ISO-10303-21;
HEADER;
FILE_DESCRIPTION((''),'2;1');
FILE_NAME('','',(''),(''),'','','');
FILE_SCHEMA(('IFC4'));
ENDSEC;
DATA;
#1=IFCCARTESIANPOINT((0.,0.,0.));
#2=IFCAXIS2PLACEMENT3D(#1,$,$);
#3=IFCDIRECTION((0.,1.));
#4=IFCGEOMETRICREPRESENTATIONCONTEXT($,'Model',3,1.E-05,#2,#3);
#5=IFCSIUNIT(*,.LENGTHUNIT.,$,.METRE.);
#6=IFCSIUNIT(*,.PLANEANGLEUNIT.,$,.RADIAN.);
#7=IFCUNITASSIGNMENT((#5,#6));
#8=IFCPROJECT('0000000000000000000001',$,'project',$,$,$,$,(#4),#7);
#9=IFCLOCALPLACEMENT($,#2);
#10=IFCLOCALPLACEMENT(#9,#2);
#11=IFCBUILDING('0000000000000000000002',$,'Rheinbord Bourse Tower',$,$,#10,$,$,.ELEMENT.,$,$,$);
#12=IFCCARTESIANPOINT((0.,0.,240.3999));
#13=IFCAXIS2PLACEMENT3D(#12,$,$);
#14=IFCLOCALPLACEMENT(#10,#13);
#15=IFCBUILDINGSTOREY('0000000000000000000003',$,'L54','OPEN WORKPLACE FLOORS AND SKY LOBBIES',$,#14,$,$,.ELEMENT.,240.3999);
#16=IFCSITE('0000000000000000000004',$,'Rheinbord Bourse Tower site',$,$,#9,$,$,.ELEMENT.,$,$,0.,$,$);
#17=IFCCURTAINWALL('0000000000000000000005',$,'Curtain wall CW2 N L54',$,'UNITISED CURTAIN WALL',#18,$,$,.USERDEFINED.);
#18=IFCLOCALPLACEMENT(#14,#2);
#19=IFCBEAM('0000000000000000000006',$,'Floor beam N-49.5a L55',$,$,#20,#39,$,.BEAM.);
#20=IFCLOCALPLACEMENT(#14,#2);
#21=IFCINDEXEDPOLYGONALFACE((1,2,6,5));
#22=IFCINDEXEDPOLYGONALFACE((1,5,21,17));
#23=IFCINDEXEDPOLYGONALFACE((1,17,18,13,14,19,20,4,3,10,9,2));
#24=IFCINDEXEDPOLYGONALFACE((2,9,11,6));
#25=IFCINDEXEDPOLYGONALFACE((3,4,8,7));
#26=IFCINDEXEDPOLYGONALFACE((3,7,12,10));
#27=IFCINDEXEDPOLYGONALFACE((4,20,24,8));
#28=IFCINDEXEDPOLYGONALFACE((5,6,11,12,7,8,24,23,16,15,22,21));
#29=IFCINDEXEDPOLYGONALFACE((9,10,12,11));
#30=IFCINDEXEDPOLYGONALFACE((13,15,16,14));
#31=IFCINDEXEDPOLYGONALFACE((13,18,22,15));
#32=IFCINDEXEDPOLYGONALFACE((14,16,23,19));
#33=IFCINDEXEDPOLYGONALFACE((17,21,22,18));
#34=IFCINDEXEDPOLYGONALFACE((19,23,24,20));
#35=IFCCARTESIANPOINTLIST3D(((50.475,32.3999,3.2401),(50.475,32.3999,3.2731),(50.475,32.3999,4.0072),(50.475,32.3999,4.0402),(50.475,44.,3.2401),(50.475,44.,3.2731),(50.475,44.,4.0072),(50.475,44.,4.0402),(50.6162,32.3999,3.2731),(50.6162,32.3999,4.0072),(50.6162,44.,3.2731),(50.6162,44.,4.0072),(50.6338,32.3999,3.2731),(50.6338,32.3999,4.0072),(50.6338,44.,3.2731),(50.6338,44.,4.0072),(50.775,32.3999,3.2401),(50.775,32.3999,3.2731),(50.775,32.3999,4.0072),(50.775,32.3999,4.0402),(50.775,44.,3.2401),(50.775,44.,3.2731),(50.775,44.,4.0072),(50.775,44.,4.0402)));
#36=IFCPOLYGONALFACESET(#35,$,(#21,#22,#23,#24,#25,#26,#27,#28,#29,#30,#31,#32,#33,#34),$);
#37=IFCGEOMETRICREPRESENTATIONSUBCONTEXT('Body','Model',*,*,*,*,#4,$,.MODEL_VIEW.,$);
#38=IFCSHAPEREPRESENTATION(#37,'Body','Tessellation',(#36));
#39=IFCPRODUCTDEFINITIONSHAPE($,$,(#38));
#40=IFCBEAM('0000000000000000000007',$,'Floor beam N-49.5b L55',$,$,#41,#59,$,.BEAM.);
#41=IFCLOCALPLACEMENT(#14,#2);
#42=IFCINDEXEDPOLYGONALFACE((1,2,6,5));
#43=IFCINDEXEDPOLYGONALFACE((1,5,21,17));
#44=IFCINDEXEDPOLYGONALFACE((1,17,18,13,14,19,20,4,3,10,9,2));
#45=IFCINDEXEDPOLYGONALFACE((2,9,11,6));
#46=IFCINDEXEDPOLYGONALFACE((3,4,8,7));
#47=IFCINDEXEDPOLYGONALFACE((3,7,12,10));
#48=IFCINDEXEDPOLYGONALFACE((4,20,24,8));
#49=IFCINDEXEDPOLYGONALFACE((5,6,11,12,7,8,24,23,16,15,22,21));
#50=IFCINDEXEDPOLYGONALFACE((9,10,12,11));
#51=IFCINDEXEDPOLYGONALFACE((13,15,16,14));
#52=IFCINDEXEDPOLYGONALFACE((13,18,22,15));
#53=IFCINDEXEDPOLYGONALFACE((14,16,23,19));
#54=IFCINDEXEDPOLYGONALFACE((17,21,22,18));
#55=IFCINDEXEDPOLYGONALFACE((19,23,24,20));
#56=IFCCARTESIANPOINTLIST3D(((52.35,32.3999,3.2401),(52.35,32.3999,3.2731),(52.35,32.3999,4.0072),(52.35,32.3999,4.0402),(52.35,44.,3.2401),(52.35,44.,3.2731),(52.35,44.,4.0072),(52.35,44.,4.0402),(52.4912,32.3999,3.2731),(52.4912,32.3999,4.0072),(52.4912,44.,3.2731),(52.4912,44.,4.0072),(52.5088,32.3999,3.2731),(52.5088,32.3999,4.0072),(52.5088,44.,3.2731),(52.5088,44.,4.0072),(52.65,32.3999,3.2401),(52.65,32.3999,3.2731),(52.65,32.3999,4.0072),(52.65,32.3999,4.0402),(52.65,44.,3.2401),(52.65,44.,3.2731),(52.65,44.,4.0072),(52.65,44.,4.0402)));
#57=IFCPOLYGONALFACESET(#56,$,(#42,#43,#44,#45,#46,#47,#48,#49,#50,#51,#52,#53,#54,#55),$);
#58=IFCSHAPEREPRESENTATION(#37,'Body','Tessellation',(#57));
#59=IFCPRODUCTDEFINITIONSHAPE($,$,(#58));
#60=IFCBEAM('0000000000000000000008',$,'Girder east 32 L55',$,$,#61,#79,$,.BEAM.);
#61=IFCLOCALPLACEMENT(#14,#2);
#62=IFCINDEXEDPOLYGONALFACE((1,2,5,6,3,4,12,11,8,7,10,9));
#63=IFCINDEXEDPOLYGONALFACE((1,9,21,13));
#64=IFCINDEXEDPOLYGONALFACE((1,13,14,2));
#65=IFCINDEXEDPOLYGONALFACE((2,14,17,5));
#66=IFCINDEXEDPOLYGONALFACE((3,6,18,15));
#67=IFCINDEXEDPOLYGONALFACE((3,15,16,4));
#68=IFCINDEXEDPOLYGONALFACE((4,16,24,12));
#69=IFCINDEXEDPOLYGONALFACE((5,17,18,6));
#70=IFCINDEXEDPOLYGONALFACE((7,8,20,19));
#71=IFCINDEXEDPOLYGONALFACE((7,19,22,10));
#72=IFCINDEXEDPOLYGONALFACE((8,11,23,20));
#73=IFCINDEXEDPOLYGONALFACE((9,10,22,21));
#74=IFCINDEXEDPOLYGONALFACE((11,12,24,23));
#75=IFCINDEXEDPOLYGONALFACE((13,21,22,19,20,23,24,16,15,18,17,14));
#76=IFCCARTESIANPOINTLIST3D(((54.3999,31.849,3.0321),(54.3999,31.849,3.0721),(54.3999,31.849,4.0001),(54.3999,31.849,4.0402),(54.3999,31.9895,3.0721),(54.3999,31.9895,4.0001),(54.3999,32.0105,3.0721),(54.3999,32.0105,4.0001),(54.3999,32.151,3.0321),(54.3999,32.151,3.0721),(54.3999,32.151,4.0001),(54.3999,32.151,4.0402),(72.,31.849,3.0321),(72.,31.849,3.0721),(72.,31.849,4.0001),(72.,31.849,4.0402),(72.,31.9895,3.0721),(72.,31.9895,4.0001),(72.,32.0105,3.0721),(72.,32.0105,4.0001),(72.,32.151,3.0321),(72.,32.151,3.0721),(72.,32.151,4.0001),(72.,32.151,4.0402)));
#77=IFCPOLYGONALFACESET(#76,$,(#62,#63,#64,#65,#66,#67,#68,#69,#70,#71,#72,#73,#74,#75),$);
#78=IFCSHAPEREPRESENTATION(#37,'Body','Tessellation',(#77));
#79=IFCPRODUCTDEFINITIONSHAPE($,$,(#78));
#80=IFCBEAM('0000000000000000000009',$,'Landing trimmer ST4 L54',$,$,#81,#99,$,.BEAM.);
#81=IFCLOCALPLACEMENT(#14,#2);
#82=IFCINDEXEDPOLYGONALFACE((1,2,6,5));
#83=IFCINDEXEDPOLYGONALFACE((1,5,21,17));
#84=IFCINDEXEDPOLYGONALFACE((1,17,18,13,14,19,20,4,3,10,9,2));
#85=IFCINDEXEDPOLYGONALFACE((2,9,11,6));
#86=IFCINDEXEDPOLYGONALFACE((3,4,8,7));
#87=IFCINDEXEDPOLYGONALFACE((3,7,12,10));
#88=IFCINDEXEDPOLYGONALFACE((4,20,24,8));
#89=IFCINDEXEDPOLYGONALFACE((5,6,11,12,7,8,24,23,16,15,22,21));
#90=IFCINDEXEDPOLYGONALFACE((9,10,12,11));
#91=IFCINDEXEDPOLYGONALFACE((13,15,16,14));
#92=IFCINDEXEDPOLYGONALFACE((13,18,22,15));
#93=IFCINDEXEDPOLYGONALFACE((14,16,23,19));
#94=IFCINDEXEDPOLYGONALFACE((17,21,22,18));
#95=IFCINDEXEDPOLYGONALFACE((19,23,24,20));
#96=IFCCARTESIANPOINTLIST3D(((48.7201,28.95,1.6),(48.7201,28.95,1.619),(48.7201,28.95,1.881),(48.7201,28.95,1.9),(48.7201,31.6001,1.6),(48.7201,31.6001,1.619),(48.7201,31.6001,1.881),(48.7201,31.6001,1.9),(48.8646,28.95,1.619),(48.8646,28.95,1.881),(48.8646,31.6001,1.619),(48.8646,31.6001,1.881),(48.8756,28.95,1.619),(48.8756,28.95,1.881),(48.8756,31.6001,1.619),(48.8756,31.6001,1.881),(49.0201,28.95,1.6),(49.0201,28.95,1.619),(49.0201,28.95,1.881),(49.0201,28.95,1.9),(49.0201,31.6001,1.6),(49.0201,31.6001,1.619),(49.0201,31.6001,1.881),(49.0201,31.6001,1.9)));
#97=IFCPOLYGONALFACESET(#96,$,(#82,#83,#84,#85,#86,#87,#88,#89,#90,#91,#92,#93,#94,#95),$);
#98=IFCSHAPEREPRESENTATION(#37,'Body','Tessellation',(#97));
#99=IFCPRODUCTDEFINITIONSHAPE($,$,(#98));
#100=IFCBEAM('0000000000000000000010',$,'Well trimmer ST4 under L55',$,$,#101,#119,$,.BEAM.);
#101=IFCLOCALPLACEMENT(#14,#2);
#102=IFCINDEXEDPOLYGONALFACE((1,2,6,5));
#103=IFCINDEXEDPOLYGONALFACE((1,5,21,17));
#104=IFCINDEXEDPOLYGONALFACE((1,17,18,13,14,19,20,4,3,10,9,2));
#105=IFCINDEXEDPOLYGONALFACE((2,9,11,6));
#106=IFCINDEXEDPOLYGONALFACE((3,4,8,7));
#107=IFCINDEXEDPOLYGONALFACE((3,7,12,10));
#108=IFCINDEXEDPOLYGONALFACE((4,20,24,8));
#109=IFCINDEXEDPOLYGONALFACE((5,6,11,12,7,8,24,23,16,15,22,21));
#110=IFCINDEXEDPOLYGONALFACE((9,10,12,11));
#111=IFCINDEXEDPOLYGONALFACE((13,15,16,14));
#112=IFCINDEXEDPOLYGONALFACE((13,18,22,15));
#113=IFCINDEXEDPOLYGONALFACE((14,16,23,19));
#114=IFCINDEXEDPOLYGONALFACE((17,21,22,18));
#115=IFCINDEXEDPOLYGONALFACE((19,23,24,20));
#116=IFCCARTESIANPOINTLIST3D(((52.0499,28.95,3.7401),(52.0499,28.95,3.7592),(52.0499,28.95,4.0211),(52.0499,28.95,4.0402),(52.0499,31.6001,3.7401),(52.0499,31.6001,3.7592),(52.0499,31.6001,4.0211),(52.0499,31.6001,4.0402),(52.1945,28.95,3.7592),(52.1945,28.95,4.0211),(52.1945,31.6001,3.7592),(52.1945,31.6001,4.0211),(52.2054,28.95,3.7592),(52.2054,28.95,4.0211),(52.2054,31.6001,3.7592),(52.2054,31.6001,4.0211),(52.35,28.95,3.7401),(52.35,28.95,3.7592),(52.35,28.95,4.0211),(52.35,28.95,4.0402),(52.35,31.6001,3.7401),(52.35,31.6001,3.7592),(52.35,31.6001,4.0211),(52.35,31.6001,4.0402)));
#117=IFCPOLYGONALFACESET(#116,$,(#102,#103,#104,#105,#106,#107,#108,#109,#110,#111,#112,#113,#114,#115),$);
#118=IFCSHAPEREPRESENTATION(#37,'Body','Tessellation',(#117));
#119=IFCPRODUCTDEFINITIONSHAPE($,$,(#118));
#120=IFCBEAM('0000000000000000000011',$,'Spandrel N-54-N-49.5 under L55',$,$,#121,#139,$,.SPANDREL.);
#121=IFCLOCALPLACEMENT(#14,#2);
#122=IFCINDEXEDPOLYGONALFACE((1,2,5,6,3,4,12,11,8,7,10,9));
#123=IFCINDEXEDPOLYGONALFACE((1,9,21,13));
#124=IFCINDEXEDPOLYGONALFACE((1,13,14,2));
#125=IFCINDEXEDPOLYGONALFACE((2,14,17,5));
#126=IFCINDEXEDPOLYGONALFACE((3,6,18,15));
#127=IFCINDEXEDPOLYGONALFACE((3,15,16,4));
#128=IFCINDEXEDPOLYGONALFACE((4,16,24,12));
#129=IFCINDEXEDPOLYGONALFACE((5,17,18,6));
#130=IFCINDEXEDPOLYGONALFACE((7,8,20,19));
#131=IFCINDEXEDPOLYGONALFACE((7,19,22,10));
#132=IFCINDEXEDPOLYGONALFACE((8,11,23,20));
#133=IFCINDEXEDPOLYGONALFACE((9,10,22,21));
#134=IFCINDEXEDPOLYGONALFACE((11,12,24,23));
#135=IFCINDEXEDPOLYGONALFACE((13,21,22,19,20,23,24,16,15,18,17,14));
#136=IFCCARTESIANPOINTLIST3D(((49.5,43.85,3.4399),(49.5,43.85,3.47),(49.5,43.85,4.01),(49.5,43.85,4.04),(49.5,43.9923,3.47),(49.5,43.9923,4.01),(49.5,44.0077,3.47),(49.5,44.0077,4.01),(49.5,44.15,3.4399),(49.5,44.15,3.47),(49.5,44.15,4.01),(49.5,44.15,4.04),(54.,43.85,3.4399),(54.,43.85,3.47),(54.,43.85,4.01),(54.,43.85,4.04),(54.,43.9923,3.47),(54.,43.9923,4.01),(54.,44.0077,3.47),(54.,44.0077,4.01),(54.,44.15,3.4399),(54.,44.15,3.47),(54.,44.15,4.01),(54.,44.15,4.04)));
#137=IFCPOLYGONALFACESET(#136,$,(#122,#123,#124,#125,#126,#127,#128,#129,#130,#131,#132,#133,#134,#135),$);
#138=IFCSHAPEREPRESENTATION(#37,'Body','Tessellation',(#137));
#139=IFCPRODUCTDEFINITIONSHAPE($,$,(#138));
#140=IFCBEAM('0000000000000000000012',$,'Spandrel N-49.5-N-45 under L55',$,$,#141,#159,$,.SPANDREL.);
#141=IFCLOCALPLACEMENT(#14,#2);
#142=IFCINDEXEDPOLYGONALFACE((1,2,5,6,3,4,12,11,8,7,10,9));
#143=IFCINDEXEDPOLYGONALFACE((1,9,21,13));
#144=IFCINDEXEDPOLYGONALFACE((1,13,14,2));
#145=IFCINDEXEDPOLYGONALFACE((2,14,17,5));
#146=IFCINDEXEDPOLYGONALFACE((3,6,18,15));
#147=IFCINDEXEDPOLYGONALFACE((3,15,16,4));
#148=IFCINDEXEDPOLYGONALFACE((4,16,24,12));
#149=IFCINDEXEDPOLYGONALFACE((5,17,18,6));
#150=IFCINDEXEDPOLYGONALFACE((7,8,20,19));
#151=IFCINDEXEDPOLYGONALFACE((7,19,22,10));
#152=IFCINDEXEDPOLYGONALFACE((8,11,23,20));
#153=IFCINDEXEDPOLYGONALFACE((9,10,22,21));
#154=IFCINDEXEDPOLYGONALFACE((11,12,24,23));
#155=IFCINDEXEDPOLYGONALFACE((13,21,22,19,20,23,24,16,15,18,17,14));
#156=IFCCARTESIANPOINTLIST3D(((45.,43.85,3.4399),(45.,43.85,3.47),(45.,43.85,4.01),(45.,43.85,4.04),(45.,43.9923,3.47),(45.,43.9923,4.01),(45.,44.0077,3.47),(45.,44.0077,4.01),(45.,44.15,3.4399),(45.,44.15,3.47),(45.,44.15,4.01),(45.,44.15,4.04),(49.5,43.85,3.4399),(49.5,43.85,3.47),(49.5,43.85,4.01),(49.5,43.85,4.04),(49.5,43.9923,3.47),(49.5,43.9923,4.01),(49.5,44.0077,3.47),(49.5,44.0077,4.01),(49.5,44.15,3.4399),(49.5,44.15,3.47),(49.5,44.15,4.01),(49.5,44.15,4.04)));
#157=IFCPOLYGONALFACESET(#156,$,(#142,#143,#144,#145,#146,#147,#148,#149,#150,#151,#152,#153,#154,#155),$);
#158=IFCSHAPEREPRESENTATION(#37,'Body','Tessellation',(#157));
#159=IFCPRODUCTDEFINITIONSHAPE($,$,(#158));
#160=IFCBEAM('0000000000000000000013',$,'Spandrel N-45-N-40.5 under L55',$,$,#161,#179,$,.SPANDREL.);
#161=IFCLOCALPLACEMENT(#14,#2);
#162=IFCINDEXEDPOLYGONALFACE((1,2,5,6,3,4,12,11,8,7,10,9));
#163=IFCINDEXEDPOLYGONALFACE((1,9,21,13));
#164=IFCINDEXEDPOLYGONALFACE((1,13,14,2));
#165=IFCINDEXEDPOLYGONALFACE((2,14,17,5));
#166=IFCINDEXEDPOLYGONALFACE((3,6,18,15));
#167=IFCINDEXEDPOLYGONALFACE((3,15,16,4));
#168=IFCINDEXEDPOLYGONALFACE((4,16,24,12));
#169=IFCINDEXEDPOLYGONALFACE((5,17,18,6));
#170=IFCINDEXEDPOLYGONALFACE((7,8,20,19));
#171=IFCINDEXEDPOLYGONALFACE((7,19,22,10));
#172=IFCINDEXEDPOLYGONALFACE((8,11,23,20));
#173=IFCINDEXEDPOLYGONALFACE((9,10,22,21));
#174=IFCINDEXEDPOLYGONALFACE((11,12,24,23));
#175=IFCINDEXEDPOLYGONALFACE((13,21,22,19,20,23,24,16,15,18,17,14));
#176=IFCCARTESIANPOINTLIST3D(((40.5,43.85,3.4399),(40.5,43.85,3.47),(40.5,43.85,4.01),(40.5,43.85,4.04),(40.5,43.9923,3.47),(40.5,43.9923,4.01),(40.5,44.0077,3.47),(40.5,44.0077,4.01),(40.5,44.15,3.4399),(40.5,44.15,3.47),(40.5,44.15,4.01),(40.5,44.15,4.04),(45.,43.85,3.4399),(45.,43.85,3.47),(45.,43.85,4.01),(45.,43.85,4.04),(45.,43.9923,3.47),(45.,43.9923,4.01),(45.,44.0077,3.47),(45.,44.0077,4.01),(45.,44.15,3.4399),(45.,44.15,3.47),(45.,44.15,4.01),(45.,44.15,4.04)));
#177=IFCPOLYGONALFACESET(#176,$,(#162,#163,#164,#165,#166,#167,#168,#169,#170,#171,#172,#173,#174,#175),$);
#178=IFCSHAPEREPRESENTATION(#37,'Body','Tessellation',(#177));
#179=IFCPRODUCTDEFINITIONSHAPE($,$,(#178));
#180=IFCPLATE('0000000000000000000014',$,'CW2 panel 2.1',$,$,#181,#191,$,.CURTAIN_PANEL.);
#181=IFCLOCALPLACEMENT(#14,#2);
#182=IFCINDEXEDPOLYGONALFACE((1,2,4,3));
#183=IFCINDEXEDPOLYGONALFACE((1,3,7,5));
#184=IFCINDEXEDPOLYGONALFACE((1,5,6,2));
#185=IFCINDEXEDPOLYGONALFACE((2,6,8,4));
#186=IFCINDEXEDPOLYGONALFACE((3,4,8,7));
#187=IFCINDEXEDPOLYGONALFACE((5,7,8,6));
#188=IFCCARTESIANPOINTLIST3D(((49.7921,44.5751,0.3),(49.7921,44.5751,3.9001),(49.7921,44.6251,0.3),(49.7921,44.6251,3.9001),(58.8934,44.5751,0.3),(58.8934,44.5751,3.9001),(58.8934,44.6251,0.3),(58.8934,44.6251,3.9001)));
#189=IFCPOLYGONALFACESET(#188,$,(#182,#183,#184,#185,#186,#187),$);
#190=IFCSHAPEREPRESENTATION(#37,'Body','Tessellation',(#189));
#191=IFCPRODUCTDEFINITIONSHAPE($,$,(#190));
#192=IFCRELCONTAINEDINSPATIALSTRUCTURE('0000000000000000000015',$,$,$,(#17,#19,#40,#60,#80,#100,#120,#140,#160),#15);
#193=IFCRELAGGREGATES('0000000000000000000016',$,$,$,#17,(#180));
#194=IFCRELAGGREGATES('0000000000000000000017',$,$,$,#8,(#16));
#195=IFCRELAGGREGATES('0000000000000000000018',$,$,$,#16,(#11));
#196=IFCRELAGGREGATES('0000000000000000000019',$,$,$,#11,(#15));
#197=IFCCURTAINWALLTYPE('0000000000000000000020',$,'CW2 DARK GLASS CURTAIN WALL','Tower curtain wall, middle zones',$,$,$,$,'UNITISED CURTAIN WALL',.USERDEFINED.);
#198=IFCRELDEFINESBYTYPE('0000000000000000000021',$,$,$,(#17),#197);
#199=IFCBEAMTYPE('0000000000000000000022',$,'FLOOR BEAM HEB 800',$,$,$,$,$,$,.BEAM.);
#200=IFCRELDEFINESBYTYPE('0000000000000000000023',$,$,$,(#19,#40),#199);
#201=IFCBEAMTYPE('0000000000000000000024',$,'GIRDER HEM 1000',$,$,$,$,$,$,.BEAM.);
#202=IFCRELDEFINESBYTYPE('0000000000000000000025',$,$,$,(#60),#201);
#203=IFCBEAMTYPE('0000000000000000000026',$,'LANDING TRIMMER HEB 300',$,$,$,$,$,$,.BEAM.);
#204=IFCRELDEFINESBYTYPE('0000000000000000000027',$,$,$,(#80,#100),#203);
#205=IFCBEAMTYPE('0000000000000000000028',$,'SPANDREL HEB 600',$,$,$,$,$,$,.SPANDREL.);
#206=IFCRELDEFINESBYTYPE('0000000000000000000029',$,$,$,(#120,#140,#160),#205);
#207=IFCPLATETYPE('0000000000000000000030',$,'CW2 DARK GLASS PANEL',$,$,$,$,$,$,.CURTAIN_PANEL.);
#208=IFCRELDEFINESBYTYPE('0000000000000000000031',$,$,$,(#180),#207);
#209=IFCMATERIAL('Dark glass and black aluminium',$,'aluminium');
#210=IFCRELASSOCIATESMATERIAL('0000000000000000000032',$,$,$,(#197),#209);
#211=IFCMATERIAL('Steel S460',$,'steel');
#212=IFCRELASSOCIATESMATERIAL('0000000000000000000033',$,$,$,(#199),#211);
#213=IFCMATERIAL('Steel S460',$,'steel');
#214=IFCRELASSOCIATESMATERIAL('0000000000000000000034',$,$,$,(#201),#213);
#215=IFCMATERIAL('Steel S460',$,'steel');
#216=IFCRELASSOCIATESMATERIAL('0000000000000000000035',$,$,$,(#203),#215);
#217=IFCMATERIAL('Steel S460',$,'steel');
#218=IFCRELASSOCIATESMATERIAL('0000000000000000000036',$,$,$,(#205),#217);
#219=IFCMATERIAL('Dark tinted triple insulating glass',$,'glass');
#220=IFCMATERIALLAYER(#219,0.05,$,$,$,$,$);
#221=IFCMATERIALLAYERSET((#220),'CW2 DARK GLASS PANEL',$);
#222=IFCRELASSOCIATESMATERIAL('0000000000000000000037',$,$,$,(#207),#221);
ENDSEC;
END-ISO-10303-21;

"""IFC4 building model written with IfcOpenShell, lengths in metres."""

from ifc_helpers import new_model, si_unit, direction, frame, origin, origin_2d, place, context, subcontext, project, spatial, rectangle, i_section, extrude, material, layer, layer_set, material_profile, profile_set, type_object, element, aggregate, save


model = new_model("IFC4")

# Units and contexts
model_context = context("Model", 3, precision=1e-05, world=origin(), true_north=direction((0.0, 1.0)))
body_context = subcontext(model_context, "Body", "Model", "MODEL_VIEW")
ifc_project = project(units=[si_unit("LENGTHUNIT", "METRE"), si_unit("PLANEANGLEUNIT", "RADIAN")], contexts=[model_context])

# Site, building, storey
site_placement = place(None, origin())
site = spatial("IfcSite", under=ifc_project, at=site_placement, Name="Rheinbord Bourse Tower site", CompositionType="ELEMENT", RefElevation=0.0)
building_placement = place(site_placement, origin())
building = spatial("IfcBuilding", under=site, at=building_placement, Name="Rheinbord Bourse Tower", CompositionType="ELEMENT")
storey_placement = place(building_placement, frame((0.0, 0.0, 240.3999)))
storey = spatial("IfcBuildingStorey", under=building, at=storey_placement, Name="L54", Description="OPEN WORKPLACE FLOORS AND SKY LOBBIES", CompositionType="ELEMENT", Elevation=240.3999)

# Curtain wall
ifc_material_1 = material(Name="Dark glass and black aluminium", Category="aluminium")
curtain_wall_type = type_object("IfcCurtainWallType", Name="CW2 DARK GLASS CURTAIN WALL", Description="Tower curtain wall, middle zones", ElementType="UNITISED CURTAIN WALL", PredefinedType="USERDEFINED", material=ifc_material_1)
curtain_wall_placement = place(storey_placement, origin())
curtain_wall = element("IfcCurtainWall", 1, at=curtain_wall_placement, inside=storey, type_object=curtain_wall_type, Name="Curtain wall CW2 N L54", ObjectType="UNITISED CURTAIN WALL", PredefinedType="USERDEFINED")

# Beams
ifc_material_2 = material(Name="Steel S460", Category="steel")
ifc_material_profile_1 = material_profile(ifc_material_2, i_section(OverallWidth=0.3, OverallDepth=0.8, WebThickness=0.0176, FlangeThickness=0.033, at=origin_2d()), Name="HEB 800")
ifc_profile_set_1 = profile_set([ifc_material_profile_1], Name="Steel S460")
beam_type_1 = type_object("IfcBeamType", Name="FLOOR BEAM HEB 800", PredefinedType="BEAM", material=ifc_profile_set_1)
for number, where, z_axis, x_axis, name in (
    (2, (50.625, 44.0, 3.6401), (0.0, -1.0, 0.0), (1.0, 0.0, 0.0), "Floor beam N-49.5a L55"),
    (3, (52.5, 44.0, 3.6401), (0.0, -1.0, 0.0), (1.0, 0.0, 0.0), "Floor beam N-49.5b L55"),
):
    element("IfcBeam", number, at=place(storey_placement, frame(where, z_axis=z_axis, x_axis=x_axis)), inside=storey, type_object=beam_type_1, Name=name, PredefinedType="BEAM", context=body_context, shape_type="SweptSolid", body=[
        extrude(i_section(OverallWidth=0.3, OverallDepth=0.8, WebThickness=0.0176, FlangeThickness=0.033, at=origin_2d()), origin(), (0.0, 0.0, 1.0), 11.6001),
    ])
ifc_material_3 = material(Name="Steel S460", Category="steel")
ifc_material_profile_2 = material_profile(ifc_material_3, i_section(OverallWidth=0.302, OverallDepth=1.0081, WebThickness=0.021, FlangeThickness=0.04, at=origin_2d()), Name="HEM 1000")
ifc_profile_set_2 = profile_set([ifc_material_profile_2], Name="Steel S460")
beam_type_2 = type_object("IfcBeamType", Name="GIRDER HEM 1000", PredefinedType="BEAM", material=ifc_profile_set_2)
beam_placement = place(storey_placement, frame((54.3999, 32.0, 3.5361), z_axis=(1.0, 0.0, 0.0), x_axis=(0.0, 1.0, 0.0)))
element("IfcBeam", 4, at=beam_placement, inside=storey, type_object=beam_type_2, Name="Girder east 32 L55", PredefinedType="BEAM", context=body_context, shape_type="SweptSolid", body=[
    extrude(i_section(OverallWidth=0.302, OverallDepth=1.0081, WebThickness=0.021, FlangeThickness=0.04, at=origin_2d()), origin(), (0.0, 0.0, 1.0), 17.6001),
])
ifc_material_4 = material(Name="Steel S460", Category="steel")
ifc_material_profile_3 = material_profile(ifc_material_4, i_section(OverallWidth=0.3, OverallDepth=0.3, WebThickness=0.011, FlangeThickness=0.019, at=origin_2d()), Name="HEB 300")
ifc_profile_set_3 = profile_set([ifc_material_profile_3], Name="Steel S460")
beam_type_3 = type_object("IfcBeamType", Name="LANDING TRIMMER HEB 300", PredefinedType="BEAM", material=ifc_profile_set_3)
for number, where, z_axis, x_axis, name in (
    (5, (48.8701, 28.95, 1.75), (0.0, 1.0, 0.0), (-1.0, 0.0, 0.0), "Landing trimmer ST4 L54"),
    (6, (52.2, 28.95, 3.8901), (0.0, 1.0, 0.0), (-1.0, 0.0, 0.0), "Well trimmer ST4 under L55"),
):
    element("IfcBeam", number, at=place(storey_placement, frame(where, z_axis=z_axis, x_axis=x_axis)), inside=storey, type_object=beam_type_3, Name=name, PredefinedType="BEAM", context=body_context, shape_type="SweptSolid", body=[
        extrude(i_section(OverallWidth=0.3, OverallDepth=0.3, WebThickness=0.011, FlangeThickness=0.019, at=origin_2d()), origin(), (0.0, 0.0, 1.0), 2.6501),
    ])
ifc_material_5 = material(Name="Steel S460", Category="steel")
ifc_material_profile_4 = material_profile(ifc_material_5, i_section(OverallWidth=0.3, OverallDepth=0.6001, WebThickness=0.0154, FlangeThickness=0.03, at=origin_2d()), Name="HEB 600")
ifc_profile_set_4 = profile_set([ifc_material_profile_4], Name="Steel S460")
beam_type_4 = type_object("IfcBeamType", Name="SPANDREL HEB 600", PredefinedType="SPANDREL", material=ifc_profile_set_4)
for number, where, z_axis, x_axis, name in (
    (7, (54.0, 44.0, 3.74), (-1.0, 0.0, 0.0), (0.0, -1.0, 0.0), "Spandrel N-54-N-49.5 under L55"),
    (8, (49.5, 44.0, 3.74), (-1.0, 0.0, 0.0), (0.0, -1.0, 0.0), "Spandrel N-49.5-N-45 under L55"),
    (9, (45.0, 44.0, 3.74), (-1.0, 0.0, 0.0), (0.0, -1.0, 0.0), "Spandrel N-45-N-40.5 under L55"),
):
    element("IfcBeam", number, at=place(storey_placement, frame(where, z_axis=z_axis, x_axis=x_axis)), inside=storey, type_object=beam_type_4, Name=name, PredefinedType="SPANDREL", context=body_context, shape_type="SweptSolid", body=[
        extrude(i_section(OverallWidth=0.3, OverallDepth=0.6001, WebThickness=0.0154, FlangeThickness=0.03, at=origin_2d()), origin(), (0.0, 0.0, 1.0), 4.5),
    ])

# Plate
ifc_material_6 = material(Name="Dark tinted triple insulating glass", Category="glass")
ifc_layer_1 = layer(ifc_material_6, 0.05)
ifc_layer_set_1 = layer_set([ifc_layer_1], Name="CW2 DARK GLASS PANEL")
plate_type = type_object("IfcPlateType", Name="CW2 DARK GLASS PANEL", PredefinedType="CURTAIN_PANEL", material=ifc_layer_set_1)
plate_1_placement = place(storey_placement, frame((54.3428, 44.6001, 0.3), z_axis=(0.0, 0.0, 1.0), x_axis=(-1.0, 0.0, 0.0)))
plate_1 = element("IfcPlate", 10, at=plate_1_placement, type_object=plate_type, Name="CW2 panel 2.1", PredefinedType="CURTAIN_PANEL", context=body_context, shape_type="SweptSolid", body=[
    extrude(rectangle(XDim=9.1013, YDim=0.05, at=origin_2d()), origin(), (0.0, 0.0, 1.0), 3.6001),
])
aggregate(curtain_wall, [plate_1])

save(model, "model.ifc")
